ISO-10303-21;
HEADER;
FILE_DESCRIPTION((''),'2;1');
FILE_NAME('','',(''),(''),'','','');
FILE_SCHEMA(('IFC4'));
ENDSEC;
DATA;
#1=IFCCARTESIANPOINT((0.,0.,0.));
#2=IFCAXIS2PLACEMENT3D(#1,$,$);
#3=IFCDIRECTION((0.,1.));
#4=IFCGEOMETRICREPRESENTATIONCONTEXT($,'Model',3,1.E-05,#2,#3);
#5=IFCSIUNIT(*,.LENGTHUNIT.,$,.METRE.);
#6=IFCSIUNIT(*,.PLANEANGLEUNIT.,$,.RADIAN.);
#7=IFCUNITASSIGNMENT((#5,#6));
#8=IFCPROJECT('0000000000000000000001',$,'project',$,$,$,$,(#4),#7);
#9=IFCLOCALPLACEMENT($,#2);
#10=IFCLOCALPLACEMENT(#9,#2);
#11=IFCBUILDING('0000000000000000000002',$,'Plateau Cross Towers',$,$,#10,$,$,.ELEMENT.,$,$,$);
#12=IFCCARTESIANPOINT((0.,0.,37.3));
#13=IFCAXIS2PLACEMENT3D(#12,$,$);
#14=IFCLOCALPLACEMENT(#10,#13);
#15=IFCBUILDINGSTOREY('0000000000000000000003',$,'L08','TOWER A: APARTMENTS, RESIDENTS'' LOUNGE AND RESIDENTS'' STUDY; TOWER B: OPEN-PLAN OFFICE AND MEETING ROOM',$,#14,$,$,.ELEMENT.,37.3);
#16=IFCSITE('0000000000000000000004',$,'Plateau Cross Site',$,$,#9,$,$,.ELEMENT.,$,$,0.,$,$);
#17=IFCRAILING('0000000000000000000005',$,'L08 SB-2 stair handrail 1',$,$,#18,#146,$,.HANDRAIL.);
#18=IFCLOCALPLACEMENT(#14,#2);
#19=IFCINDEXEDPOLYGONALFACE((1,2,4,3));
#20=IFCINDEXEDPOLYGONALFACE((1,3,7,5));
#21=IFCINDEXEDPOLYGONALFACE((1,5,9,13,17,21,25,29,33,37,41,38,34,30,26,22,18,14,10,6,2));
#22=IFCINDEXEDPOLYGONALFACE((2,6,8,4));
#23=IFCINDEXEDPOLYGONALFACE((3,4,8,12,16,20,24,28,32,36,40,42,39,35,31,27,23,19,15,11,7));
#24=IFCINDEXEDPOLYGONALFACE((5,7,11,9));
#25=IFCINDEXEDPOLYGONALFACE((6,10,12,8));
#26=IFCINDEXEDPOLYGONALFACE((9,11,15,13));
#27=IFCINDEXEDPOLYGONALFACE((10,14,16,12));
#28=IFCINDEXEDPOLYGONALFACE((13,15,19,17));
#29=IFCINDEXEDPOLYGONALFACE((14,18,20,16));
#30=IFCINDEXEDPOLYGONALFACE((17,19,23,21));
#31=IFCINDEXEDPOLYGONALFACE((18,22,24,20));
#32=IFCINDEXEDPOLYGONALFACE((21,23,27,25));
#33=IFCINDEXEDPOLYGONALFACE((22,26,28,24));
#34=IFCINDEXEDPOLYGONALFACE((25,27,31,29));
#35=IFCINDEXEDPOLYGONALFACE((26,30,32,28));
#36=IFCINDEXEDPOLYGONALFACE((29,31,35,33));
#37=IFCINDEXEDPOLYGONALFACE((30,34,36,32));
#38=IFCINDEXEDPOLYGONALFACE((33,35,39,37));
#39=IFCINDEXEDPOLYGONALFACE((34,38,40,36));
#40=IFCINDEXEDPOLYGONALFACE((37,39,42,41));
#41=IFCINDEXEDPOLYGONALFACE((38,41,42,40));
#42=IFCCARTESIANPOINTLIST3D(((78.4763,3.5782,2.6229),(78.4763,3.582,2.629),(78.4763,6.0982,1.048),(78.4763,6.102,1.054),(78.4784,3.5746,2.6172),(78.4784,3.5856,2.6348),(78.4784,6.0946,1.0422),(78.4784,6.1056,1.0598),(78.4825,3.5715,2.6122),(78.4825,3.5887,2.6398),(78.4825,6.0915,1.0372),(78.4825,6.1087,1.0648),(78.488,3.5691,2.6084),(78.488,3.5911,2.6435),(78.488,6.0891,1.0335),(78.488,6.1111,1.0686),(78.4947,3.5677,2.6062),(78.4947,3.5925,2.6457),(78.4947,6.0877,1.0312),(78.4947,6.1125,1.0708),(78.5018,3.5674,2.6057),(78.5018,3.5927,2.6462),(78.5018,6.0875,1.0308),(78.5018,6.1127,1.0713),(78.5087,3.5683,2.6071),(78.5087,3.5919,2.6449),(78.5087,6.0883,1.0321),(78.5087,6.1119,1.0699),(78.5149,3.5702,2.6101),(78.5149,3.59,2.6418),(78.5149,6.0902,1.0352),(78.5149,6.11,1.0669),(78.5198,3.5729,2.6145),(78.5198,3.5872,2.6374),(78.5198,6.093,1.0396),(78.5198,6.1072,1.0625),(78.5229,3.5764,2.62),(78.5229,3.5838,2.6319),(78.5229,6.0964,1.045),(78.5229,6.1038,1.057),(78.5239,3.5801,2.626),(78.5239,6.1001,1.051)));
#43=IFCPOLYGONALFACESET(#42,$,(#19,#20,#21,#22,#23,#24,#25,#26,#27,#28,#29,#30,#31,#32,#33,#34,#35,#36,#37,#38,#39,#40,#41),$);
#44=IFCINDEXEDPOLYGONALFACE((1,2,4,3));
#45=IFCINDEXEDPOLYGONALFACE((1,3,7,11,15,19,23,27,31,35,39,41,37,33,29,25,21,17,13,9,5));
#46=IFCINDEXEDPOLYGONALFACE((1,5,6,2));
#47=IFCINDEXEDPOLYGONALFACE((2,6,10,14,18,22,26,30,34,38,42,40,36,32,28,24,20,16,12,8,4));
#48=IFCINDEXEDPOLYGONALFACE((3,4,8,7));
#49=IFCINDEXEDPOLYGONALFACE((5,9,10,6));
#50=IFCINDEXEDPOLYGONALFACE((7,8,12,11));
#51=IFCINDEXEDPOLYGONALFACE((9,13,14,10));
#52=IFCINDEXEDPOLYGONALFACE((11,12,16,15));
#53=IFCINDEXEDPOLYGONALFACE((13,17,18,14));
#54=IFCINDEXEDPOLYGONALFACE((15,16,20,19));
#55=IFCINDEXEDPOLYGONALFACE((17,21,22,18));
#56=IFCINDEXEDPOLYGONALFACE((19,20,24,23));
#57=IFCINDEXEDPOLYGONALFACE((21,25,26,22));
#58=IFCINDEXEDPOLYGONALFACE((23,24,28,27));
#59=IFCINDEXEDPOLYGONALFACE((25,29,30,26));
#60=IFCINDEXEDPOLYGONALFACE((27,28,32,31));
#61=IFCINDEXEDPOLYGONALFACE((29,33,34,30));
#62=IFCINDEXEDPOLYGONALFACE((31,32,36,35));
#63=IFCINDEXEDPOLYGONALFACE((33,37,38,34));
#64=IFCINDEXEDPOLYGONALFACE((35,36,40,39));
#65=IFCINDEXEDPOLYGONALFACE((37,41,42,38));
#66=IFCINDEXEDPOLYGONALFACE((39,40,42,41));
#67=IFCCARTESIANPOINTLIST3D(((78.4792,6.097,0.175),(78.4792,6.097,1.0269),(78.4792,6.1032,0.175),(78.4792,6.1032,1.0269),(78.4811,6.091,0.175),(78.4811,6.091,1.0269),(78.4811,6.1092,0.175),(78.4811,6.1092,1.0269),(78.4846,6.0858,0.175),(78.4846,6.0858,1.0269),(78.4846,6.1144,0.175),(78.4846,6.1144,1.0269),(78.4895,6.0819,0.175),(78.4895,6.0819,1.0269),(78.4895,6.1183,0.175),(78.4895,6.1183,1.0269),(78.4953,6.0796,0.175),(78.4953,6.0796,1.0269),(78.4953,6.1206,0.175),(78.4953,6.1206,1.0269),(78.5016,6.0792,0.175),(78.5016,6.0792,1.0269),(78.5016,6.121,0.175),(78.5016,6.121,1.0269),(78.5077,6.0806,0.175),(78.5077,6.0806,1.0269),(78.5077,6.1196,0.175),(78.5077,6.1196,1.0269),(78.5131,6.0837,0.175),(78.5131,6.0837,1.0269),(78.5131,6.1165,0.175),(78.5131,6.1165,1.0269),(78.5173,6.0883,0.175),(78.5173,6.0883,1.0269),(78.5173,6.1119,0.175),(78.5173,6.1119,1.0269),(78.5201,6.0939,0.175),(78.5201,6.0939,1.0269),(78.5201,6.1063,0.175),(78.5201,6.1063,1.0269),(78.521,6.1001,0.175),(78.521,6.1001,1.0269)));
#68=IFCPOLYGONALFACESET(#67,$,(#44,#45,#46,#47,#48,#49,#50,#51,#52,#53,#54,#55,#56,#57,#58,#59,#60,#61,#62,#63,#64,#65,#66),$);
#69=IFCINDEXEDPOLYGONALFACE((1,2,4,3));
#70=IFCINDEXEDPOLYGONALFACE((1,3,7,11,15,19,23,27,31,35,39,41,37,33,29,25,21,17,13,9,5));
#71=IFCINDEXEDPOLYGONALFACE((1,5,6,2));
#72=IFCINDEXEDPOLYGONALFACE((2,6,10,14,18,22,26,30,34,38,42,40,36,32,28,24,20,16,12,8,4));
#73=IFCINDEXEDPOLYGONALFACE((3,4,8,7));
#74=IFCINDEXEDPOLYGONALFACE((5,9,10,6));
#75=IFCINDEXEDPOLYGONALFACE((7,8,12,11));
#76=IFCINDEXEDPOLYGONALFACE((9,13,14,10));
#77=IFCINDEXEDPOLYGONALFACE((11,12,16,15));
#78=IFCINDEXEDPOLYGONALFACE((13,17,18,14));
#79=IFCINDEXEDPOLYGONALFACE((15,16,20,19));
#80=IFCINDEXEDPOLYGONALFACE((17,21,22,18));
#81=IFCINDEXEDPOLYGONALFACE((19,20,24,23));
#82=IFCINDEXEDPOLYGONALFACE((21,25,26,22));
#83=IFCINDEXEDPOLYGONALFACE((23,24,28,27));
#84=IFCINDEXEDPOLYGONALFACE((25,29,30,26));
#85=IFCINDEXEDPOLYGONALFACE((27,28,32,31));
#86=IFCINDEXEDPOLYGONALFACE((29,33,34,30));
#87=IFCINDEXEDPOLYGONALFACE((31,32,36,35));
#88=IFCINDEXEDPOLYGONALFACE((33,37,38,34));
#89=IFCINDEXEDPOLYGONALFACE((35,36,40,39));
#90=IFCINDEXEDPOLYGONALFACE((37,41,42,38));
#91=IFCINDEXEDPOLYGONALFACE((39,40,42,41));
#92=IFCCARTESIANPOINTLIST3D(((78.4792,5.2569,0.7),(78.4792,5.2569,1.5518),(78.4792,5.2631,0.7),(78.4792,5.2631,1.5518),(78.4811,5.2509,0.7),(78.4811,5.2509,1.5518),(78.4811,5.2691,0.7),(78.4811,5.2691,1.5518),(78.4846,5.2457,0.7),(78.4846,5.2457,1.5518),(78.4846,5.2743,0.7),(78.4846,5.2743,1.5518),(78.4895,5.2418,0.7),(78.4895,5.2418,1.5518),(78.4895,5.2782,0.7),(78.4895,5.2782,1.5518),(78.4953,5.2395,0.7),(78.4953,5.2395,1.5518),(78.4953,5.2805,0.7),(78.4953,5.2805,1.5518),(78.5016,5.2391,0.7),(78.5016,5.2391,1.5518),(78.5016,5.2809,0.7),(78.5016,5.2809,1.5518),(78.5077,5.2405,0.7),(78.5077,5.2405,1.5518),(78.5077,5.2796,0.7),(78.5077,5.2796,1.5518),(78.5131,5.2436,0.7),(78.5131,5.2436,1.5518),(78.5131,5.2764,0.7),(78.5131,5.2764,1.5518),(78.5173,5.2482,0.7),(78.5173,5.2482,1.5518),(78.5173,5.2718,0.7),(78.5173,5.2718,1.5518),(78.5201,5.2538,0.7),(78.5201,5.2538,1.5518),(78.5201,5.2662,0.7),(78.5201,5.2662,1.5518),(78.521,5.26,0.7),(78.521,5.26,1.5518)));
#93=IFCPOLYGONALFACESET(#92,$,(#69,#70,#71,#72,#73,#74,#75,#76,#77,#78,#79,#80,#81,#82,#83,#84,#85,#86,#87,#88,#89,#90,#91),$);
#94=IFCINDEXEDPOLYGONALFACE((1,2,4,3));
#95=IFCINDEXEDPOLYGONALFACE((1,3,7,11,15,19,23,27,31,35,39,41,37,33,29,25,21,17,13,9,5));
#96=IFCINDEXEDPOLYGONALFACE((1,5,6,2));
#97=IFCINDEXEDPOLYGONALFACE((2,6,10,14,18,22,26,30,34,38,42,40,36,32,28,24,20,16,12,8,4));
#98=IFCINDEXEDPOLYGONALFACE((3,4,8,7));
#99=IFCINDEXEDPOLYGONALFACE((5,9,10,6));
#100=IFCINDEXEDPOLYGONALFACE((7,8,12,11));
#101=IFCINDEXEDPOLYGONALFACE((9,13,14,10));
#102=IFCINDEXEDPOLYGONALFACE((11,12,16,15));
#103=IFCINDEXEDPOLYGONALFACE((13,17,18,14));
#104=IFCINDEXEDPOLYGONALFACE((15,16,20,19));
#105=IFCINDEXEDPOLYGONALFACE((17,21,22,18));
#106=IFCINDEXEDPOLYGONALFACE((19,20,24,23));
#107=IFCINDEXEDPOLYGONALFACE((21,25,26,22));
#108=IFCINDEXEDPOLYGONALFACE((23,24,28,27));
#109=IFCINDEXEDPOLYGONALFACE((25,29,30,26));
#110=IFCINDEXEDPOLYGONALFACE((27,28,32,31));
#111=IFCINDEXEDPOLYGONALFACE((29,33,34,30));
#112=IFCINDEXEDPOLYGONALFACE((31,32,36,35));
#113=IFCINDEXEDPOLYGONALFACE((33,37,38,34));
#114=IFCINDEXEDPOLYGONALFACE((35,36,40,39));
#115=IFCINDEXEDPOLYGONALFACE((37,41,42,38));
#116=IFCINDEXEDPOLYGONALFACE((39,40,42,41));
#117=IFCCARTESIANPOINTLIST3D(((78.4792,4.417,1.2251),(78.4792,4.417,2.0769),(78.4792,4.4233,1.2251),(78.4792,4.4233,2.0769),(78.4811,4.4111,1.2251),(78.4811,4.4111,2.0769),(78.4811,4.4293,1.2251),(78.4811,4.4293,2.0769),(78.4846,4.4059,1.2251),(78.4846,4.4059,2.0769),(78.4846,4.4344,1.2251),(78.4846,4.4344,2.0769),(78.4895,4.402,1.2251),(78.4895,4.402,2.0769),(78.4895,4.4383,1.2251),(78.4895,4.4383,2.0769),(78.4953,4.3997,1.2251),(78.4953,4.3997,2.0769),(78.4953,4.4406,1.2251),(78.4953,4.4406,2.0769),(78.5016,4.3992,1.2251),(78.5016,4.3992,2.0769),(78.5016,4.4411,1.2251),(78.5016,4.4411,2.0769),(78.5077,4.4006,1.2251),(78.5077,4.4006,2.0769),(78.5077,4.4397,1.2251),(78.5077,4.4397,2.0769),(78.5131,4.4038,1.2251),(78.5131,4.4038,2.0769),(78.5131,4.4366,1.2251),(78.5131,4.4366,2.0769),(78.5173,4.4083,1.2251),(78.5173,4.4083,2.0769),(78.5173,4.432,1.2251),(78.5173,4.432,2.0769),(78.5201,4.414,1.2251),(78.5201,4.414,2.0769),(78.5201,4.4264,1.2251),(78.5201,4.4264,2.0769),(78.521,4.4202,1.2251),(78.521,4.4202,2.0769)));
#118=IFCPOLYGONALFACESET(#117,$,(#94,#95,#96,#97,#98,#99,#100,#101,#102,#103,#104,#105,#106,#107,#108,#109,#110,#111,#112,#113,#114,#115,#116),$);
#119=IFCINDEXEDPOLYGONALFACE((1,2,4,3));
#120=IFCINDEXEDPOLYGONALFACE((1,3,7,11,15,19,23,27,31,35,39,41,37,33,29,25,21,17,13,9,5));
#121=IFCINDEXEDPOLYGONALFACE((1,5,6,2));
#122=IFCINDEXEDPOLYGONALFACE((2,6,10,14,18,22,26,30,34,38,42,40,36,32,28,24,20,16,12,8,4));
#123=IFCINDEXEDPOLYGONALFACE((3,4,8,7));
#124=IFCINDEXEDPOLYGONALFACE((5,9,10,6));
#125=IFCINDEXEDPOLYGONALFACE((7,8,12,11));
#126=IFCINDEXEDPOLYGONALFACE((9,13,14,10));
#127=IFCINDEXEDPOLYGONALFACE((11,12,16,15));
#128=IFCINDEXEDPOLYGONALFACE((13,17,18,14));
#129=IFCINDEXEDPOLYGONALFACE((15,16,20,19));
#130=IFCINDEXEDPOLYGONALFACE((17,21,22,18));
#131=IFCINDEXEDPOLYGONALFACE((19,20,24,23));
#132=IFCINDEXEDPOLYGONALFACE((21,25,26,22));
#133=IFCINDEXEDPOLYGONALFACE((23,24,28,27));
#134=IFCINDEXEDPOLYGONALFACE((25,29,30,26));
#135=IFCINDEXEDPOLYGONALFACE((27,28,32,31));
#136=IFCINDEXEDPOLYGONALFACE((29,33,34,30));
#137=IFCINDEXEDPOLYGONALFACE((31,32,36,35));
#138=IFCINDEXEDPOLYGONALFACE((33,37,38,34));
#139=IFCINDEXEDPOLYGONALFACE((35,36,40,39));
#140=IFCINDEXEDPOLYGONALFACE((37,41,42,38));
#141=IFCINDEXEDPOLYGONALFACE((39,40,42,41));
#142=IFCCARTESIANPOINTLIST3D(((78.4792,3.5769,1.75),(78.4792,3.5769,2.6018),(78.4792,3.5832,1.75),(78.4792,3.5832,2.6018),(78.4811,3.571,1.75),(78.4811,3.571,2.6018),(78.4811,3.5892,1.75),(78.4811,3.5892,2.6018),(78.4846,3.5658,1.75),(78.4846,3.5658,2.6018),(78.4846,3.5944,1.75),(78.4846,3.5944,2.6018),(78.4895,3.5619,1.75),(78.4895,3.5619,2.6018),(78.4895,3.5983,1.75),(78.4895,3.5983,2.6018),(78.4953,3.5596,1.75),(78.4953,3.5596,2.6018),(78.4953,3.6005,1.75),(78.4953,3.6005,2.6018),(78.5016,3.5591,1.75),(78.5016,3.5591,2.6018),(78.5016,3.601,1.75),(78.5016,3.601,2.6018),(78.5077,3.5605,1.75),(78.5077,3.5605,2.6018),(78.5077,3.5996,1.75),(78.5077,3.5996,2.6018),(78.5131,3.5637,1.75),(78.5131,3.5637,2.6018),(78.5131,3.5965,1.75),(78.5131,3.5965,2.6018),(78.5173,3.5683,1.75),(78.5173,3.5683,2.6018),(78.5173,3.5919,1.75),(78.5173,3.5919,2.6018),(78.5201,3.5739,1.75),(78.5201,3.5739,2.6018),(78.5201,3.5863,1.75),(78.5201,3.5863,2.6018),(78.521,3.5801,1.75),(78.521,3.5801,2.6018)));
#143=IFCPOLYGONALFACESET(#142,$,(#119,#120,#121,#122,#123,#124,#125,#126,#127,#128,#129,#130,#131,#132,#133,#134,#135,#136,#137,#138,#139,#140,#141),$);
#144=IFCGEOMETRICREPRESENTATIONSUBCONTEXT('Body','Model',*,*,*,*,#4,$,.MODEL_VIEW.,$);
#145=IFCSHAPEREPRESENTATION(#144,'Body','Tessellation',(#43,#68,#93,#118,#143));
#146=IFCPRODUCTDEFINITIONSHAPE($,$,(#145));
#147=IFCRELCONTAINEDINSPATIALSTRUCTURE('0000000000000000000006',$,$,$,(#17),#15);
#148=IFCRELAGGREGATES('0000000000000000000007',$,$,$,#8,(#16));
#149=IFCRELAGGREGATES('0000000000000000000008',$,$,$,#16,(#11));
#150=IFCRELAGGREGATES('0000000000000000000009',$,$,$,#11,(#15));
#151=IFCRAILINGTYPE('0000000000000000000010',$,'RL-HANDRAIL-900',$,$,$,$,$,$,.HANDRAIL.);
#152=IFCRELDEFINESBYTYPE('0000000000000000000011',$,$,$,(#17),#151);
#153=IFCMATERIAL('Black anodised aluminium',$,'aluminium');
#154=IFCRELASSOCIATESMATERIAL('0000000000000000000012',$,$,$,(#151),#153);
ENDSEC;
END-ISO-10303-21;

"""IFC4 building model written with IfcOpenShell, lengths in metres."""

from ifc_helpers import new_model, si_unit, direction, frame, origin, origin_2d, place, context, subcontext, project, spatial, circle, extrude, material, type_object, element, save


model = new_model("IFC4")

# Units and contexts
model_context = context("Model", 3, precision=1e-05, world=origin(), true_north=direction((0.0, 1.0)))
body_context = subcontext(model_context, "Body", "Model", "MODEL_VIEW")
ifc_project = project(units=[si_unit("LENGTHUNIT", "METRE"), si_unit("PLANEANGLEUNIT", "RADIAN")], contexts=[model_context])

# Site, building, storey
site_placement = place(None, origin())
site = spatial("IfcSite", under=ifc_project, at=site_placement, Name="Plateau Cross Site", CompositionType="ELEMENT", RefElevation=0.0)
building_placement = place(site_placement, origin())
building = spatial("IfcBuilding", under=site, at=building_placement, Name="Plateau Cross Towers", CompositionType="ELEMENT")
storey_placement = place(building_placement, frame((0.0, 0.0, 37.3)))
storey = spatial("IfcBuildingStorey", under=building, at=storey_placement, Name="L08", Description="TOWER A: APARTMENTS, RESIDENTS' LOUNGE AND RESIDENTS' STUDY; TOWER B: OPEN-PLAN OFFICE AND MEETING ROOM", CompositionType="ELEMENT", Elevation=37.3)

# Shared definitions
ifc_material_1 = material(Name="Black anodised aluminium", Category="aluminium")

# Railing
railing_type_1 = type_object("IfcRailingType", Name="RL-HANDRAIL-900", PredefinedType="HANDRAIL", material=ifc_material_1)
railing_1_placement = place(storey_placement, frame((78.5, 6.1001, 0.175)))
element("IfcRailing", 1, at=railing_1_placement, inside=storey, type_object=railing_type_1, Name="L08 SB-2 stair handrail 1", PredefinedType="HANDRAIL", context=body_context, shape_type="SweptSolid", body=[
    extrude(circle(Radius=0.0239, at=origin_2d()), frame((0.0, 0.0, 0.876), z_axis=(0.0, -0.848008, 0.529984), x_axis=(1.0, 0.0, 0.0)), (0.0, 0.0, 1.0), 2.9717),
    extrude(circle(Radius=0.021, at=origin_2d()), origin(), (0.0, 0.0, 1.0), 0.8518),
    extrude(circle(Radius=0.021, at=origin_2d()), frame((0.0, -0.8401, 0.5249)), (0.0, 0.0, 1.0), 0.8518),
    extrude(circle(Radius=0.021, at=origin_2d()), frame((0.0, -1.6799, 1.05)), (0.0, 0.0, 1.0), 0.8518),
    extrude(circle(Radius=0.021, at=origin_2d()), frame((0.0, -2.52, 1.575)), (0.0, 0.0, 1.0), 0.8518),
])

save(model, "model.ifc")
